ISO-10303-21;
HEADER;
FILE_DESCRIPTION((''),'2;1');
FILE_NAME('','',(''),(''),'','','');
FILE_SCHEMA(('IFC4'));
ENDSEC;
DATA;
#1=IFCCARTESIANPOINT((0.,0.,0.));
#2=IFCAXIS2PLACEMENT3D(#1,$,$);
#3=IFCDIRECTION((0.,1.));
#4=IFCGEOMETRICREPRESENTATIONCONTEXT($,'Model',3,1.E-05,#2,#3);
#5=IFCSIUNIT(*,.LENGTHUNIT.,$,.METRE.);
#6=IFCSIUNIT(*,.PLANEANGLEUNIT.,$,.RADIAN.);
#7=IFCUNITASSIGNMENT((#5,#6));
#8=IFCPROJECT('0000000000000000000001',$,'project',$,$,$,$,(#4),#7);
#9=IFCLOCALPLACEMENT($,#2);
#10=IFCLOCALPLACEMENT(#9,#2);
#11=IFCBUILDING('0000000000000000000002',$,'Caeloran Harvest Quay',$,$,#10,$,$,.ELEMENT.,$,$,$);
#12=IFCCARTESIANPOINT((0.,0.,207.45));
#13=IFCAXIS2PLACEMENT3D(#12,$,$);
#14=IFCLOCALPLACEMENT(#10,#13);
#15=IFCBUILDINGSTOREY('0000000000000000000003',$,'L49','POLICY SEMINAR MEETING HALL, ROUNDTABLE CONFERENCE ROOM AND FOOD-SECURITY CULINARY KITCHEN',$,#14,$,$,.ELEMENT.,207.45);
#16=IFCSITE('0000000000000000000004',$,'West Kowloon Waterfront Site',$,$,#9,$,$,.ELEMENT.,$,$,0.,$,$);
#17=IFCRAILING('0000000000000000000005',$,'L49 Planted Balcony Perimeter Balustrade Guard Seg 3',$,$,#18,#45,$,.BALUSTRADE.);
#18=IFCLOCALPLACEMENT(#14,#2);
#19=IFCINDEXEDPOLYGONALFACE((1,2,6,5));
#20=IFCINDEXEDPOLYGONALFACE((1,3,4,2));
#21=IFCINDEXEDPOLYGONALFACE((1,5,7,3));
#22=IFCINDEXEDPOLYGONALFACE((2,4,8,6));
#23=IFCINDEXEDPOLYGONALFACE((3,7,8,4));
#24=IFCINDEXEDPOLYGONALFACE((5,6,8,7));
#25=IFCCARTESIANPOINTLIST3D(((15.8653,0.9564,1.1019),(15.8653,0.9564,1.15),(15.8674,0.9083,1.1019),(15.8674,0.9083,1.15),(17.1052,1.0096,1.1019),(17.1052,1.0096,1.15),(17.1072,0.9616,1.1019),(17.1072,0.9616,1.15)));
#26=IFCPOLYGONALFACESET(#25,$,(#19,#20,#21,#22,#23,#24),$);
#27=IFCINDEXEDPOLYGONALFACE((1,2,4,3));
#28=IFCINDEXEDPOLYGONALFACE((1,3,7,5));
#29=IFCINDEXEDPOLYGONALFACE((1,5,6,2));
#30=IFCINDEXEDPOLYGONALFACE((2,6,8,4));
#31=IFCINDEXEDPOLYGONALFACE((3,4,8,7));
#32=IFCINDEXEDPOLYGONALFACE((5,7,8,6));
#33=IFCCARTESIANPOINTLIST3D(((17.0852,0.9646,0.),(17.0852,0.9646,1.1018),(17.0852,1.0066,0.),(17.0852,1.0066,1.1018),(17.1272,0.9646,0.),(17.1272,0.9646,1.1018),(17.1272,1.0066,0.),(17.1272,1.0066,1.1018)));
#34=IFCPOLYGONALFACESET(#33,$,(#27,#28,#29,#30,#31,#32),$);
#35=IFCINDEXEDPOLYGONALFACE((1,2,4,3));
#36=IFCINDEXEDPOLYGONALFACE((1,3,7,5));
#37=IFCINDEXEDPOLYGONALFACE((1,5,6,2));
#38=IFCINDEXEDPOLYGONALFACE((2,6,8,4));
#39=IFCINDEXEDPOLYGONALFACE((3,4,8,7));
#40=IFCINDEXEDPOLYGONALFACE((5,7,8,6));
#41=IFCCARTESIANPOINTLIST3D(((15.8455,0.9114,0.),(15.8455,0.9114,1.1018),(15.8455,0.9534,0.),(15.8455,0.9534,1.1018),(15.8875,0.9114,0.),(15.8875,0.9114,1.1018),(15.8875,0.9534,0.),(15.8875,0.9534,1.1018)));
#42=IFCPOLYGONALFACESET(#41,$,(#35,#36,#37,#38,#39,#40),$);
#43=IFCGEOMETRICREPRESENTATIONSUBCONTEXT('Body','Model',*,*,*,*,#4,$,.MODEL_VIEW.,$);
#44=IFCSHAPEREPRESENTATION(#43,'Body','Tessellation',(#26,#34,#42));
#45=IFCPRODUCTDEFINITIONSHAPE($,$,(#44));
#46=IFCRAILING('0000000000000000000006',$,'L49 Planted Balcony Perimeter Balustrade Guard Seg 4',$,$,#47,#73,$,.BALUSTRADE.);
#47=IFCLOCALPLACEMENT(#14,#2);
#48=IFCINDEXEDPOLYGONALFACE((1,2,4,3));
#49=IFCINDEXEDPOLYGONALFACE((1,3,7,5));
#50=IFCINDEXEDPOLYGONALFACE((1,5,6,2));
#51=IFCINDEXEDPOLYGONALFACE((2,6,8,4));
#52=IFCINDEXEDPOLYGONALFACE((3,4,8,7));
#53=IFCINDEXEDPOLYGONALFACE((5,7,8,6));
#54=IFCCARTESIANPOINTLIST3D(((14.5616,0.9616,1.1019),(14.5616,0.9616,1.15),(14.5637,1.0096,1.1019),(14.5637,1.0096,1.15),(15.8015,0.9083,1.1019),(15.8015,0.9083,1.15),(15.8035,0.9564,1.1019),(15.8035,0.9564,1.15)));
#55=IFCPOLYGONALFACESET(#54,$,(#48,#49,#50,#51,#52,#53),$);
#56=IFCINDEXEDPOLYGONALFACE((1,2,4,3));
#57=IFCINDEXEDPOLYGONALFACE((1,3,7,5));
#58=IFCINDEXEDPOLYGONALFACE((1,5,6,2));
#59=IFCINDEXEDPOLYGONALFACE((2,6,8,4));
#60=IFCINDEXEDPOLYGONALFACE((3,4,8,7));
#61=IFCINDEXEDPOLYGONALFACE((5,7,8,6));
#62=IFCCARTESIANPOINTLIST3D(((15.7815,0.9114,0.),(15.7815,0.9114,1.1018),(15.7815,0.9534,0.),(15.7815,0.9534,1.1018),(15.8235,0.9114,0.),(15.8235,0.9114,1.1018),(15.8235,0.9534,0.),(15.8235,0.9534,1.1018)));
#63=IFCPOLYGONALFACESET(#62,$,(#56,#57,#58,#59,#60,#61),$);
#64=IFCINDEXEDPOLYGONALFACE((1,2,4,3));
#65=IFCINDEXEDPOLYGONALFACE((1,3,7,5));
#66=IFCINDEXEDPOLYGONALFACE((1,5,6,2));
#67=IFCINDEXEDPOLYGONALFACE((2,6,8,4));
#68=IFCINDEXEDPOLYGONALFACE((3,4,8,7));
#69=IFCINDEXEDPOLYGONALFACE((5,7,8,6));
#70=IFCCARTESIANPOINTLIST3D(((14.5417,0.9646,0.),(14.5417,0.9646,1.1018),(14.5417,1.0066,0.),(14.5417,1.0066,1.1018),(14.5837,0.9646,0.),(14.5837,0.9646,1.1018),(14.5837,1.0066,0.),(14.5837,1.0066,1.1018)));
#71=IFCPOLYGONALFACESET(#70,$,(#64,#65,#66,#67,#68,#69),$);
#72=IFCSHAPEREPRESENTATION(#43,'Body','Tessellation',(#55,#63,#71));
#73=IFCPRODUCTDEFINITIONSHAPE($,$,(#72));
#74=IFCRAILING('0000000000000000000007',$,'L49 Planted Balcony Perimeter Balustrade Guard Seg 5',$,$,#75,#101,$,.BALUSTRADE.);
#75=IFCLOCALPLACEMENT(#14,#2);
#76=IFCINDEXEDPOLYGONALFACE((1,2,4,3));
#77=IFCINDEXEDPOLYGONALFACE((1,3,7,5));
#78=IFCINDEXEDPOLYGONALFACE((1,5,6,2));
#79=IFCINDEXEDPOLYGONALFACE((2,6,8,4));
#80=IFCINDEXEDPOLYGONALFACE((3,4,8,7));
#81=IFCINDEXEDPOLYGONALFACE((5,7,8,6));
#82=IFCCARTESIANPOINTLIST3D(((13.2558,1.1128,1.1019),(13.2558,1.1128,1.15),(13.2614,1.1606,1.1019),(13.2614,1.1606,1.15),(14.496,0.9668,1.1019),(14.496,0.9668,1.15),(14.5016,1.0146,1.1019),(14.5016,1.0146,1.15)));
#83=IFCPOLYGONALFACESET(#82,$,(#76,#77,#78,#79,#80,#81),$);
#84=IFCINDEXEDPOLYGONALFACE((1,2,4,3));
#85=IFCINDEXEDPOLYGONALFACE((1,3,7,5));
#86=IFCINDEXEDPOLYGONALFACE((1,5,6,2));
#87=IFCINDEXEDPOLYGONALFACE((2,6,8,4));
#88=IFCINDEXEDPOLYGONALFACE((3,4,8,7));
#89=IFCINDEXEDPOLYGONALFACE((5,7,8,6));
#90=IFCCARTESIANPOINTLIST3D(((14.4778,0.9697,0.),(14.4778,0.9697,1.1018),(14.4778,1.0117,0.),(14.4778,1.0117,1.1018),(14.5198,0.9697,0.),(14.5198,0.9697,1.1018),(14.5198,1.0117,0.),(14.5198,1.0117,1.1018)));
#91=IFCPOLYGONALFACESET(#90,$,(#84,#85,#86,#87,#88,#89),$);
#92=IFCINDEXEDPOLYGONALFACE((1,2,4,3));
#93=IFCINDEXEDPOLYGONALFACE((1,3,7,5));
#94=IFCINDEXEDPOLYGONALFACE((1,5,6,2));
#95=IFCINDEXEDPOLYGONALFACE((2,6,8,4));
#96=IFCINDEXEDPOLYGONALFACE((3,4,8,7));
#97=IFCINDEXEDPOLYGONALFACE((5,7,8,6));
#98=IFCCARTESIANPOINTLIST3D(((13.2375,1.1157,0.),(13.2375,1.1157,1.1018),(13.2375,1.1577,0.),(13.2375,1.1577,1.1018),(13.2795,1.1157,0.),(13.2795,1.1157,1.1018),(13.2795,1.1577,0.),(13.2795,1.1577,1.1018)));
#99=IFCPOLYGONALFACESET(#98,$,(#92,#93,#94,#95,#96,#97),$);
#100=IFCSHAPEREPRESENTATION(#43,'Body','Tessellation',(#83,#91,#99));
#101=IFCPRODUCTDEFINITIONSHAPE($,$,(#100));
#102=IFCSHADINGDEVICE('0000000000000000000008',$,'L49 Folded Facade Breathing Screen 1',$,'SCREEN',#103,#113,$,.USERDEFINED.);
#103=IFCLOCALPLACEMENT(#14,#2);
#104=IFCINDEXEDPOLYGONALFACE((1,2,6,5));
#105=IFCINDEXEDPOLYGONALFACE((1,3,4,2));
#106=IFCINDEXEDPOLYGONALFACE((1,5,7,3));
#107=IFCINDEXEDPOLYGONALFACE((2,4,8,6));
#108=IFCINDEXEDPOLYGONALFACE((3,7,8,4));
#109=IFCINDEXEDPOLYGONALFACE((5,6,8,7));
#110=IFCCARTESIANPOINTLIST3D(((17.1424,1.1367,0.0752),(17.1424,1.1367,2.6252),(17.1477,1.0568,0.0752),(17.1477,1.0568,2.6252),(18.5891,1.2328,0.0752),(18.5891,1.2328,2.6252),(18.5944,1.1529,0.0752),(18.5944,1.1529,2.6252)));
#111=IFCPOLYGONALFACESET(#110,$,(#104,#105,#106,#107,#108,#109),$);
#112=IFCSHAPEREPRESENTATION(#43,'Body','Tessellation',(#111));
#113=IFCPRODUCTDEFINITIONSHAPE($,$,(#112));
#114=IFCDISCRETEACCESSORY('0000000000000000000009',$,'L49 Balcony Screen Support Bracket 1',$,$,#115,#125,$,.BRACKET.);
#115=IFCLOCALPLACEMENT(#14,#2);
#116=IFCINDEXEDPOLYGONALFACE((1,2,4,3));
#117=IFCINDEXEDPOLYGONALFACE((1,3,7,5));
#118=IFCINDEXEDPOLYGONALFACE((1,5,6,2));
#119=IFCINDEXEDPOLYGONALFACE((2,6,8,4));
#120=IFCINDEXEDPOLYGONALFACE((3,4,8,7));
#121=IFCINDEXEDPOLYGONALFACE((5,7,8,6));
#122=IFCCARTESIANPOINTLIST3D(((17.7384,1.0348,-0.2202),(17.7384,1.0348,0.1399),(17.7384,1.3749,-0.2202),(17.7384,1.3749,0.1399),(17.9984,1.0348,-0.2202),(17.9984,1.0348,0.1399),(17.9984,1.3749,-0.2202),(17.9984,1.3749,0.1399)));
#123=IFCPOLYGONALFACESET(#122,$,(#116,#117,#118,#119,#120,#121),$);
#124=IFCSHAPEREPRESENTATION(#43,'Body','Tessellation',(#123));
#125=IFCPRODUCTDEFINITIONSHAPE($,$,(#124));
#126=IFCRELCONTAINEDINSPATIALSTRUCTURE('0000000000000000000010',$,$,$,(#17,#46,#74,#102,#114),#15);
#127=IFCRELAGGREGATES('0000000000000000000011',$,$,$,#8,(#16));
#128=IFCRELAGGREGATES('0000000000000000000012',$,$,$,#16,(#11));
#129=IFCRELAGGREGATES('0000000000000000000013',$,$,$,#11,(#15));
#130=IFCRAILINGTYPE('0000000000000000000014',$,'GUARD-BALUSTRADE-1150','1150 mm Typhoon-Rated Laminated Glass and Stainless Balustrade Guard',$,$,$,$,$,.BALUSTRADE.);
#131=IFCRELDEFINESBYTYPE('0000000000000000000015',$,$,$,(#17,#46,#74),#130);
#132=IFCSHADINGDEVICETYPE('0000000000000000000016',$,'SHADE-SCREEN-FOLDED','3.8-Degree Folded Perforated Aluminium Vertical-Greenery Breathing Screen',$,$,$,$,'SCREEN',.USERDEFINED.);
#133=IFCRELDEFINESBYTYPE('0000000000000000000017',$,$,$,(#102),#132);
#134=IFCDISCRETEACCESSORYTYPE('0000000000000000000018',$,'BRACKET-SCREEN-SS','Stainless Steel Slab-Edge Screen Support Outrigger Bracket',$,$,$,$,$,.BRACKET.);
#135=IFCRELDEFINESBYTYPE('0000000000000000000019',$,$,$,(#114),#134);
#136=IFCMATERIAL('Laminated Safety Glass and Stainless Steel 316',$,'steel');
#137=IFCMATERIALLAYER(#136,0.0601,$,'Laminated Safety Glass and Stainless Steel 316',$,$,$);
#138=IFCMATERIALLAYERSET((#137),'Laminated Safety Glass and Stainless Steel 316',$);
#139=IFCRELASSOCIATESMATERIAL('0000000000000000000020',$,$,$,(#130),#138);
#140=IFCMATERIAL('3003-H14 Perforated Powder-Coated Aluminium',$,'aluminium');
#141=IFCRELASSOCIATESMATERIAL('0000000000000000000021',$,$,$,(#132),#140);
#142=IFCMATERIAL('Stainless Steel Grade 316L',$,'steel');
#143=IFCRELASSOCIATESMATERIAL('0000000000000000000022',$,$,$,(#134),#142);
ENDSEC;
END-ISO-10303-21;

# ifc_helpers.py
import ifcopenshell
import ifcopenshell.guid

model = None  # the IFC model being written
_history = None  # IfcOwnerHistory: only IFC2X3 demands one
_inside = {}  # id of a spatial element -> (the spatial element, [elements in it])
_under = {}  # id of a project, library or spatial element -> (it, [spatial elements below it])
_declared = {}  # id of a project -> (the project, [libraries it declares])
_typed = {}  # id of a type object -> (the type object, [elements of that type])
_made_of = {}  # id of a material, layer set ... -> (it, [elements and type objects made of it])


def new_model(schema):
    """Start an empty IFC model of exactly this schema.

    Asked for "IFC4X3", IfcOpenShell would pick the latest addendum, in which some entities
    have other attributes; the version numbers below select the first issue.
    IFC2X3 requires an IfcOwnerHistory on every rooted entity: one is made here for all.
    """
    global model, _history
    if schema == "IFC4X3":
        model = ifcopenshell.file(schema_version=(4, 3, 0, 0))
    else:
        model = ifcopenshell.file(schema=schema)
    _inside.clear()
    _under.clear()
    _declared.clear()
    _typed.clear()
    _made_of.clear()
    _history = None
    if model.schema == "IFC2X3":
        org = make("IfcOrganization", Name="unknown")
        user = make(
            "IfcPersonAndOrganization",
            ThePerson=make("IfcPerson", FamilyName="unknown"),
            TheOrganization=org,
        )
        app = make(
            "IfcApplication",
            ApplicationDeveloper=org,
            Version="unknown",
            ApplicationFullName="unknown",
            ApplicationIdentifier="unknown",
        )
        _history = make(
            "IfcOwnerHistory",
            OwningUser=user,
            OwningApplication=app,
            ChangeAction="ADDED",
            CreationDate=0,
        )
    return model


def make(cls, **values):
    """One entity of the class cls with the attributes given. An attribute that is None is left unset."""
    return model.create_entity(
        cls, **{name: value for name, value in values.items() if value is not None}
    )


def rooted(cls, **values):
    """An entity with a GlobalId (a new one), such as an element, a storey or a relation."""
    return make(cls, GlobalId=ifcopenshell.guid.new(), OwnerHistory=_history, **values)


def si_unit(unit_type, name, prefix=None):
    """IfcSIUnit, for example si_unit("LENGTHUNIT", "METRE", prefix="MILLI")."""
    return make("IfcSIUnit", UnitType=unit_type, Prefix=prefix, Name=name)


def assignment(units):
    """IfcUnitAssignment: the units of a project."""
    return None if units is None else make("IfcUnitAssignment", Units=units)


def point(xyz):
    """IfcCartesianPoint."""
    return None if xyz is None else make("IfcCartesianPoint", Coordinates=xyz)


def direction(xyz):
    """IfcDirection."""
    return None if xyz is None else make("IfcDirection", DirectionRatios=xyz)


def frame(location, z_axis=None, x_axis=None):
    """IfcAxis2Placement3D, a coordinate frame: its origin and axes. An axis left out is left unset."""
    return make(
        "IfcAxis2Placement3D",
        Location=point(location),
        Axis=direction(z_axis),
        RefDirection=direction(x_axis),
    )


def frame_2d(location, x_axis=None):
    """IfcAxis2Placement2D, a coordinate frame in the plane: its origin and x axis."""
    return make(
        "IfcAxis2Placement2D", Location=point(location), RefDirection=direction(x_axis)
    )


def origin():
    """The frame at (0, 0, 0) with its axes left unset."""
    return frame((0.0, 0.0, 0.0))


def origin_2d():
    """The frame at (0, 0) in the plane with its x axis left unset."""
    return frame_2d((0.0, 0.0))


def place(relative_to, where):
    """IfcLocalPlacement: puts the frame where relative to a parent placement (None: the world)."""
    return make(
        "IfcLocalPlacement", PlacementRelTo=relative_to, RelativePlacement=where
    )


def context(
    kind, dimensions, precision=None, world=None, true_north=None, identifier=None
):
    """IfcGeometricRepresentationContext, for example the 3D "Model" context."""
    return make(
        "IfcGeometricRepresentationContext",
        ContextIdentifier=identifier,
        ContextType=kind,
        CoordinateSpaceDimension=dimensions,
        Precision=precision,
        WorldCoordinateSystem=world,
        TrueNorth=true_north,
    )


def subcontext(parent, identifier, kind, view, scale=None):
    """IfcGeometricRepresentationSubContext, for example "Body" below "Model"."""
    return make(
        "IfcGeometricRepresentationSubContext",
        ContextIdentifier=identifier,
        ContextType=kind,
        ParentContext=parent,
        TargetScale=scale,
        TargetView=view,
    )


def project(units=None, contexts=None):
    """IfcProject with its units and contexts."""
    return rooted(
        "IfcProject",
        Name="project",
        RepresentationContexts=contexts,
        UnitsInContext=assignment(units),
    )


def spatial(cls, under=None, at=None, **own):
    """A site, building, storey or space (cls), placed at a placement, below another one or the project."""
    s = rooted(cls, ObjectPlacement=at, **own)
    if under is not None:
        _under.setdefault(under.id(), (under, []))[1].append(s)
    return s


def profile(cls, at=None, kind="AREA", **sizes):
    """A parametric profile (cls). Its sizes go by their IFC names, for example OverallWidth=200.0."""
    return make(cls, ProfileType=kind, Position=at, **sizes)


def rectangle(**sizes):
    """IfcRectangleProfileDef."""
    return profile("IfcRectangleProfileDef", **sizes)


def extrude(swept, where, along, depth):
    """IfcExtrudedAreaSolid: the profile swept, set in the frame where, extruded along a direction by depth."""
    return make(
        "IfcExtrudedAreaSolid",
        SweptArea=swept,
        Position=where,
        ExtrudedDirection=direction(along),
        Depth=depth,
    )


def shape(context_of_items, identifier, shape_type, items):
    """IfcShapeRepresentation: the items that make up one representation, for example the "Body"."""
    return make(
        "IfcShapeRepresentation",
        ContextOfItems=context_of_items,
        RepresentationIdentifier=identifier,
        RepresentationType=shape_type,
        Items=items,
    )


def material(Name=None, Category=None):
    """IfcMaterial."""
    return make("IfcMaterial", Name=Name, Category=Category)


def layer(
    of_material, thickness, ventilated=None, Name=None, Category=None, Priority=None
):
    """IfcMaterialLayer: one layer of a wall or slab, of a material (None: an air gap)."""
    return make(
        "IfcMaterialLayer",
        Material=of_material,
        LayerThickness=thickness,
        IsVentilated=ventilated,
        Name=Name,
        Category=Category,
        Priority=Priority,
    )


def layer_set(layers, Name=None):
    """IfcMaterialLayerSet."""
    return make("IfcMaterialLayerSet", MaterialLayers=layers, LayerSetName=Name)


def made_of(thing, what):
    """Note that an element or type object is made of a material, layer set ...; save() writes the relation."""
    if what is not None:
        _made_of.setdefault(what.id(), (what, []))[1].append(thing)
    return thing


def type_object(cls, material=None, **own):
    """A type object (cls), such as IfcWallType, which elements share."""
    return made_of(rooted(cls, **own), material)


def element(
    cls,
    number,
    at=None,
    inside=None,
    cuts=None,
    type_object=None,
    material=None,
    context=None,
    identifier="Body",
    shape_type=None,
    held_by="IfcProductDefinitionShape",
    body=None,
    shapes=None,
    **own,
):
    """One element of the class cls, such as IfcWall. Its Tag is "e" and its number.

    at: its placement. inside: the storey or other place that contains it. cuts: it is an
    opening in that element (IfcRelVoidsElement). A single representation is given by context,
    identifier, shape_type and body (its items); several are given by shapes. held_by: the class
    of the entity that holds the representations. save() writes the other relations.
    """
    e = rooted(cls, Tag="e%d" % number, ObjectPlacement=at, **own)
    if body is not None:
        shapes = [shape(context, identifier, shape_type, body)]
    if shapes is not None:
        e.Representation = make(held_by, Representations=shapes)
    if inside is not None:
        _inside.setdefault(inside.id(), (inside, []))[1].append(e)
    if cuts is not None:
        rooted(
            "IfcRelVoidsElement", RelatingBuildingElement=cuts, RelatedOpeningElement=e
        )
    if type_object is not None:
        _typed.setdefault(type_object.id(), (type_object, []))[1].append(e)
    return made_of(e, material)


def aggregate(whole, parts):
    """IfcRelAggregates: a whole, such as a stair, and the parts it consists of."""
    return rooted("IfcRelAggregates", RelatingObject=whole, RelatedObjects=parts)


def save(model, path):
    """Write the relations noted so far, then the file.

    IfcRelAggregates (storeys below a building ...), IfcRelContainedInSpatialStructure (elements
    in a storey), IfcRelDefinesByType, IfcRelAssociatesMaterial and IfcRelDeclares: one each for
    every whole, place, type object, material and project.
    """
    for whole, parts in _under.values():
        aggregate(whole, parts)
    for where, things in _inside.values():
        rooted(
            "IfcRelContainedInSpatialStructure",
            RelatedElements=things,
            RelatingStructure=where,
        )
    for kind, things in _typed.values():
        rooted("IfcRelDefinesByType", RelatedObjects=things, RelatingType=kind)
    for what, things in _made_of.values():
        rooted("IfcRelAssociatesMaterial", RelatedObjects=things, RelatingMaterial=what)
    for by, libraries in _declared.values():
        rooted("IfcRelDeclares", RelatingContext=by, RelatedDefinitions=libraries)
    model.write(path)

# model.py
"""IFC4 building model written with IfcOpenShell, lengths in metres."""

from ifc_helpers import new_model, si_unit, direction, frame, origin, origin_2d, place, context, subcontext, project, spatial, rectangle, extrude, material, layer, layer_set, type_object, element, save


model = new_model("IFC4")

# Units and contexts
model_context = context("Model", 3, precision=1e-05, world=origin(), true_north=direction((0.0, 1.0)))
body_context = subcontext(model_context, "Body", "Model", "MODEL_VIEW")
ifc_project = project(units=[si_unit("LENGTHUNIT", "METRE"), si_unit("PLANEANGLEUNIT", "RADIAN")], contexts=[model_context])

# Site, building, storey
site_placement = place(None, origin())
site = spatial("IfcSite", under=ifc_project, at=site_placement, Name="West Kowloon Waterfront Site", CompositionType="ELEMENT", RefElevation=0.0)
building_placement = place(site_placement, origin())
building = spatial("IfcBuilding", under=site, at=building_placement, Name="Caeloran Harvest Quay", CompositionType="ELEMENT")
storey_placement = place(building_placement, frame((0.0, 0.0, 207.45)))
storey = spatial("IfcBuildingStorey", under=building, at=storey_placement, Name="L49", Description="POLICY SEMINAR MEETING HALL, ROUNDTABLE CONFERENCE ROOM AND FOOD-SECURITY CULINARY KITCHEN", CompositionType="ELEMENT", Elevation=207.45)

# Railings
ifc_material_1 = material(Name="Laminated Safety Glass and Stainless Steel 316", Category="steel")
ifc_layer_1 = layer(ifc_material_1, 0.0601, Name="Laminated Safety Glass and Stainless Steel 316")
ifc_layer_set_1 = layer_set([ifc_layer_1], Name="Laminated Safety Glass and Stainless Steel 316")
railing_type = type_object("IfcRailingType", Name="GUARD-BALUSTRADE-1150", Description="1150 mm Typhoon-Rated Laminated Glass and Stainless Balustrade Guard", PredefinedType="BALUSTRADE", material=ifc_layer_set_1)
railing_1_placement = place(storey_placement, frame((17.1062, 0.9856, 0.0)))
element("IfcRailing", 1, at=railing_1_placement, inside=storey, type_object=railing_type, Name="L49 Planted Balcony Perimeter Balustrade Guard Seg 3", PredefinedType="BALUSTRADE", context=body_context, shape_type="SweptSolid", body=[
    extrude(rectangle(XDim=0.0481, YDim=0.0481, at=origin_2d()), frame((0.0, 0.0, 1.126), z_axis=(-0.99908, -0.042891, 0.0), x_axis=(0.042891, -0.99908, 0.0)), (0.0, 0.0, 1.0), 1.241),
    extrude(rectangle(XDim=0.042, YDim=0.042, at=origin_2d()), origin(), (0.0, 0.0, 1.0), 1.1018),
    extrude(rectangle(XDim=0.042, YDim=0.042, at=origin_2d()), frame((-1.2397, -0.0532, 0.0)), (0.0, 0.0, 1.0), 1.1018),
])
railing_2_placement = place(storey_placement, frame((15.8025, 0.9324, 0.0)))
element("IfcRailing", 2, at=railing_2_placement, inside=storey, type_object=railing_type, Name="L49 Planted Balcony Perimeter Balustrade Guard Seg 4", PredefinedType="BALUSTRADE", context=body_context, shape_type="SweptSolid", body=[
    extrude(rectangle(XDim=0.0481, YDim=0.0481, at=origin_2d()), frame((0.0, 0.0, 1.126), z_axis=(-0.99908, 0.042891, 0.0), x_axis=(-0.042891, -0.99908, 0.0)), (0.0, 0.0, 1.0), 1.241),
    extrude(rectangle(XDim=0.042, YDim=0.042, at=origin_2d()), origin(), (0.0, 0.0, 1.0), 1.1018),
    extrude(rectangle(XDim=0.042, YDim=0.042, at=origin_2d()), frame((-1.2397, 0.0532, 0.0)), (0.0, 0.0, 1.0), 1.1018),
])
railing_3_placement = place(storey_placement, frame((14.4988, 0.9907, 0.0)))
element("IfcRailing", 3, at=railing_3_placement, inside=storey, type_object=railing_type, Name="L49 Planted Balcony Perimeter Balustrade Guard Seg 5", PredefinedType="BALUSTRADE", context=body_context, shape_type="SweptSolid", body=[
    extrude(rectangle(XDim=0.0481, YDim=0.0481, at=origin_2d()), frame((0.0, 0.0, 1.126), z_axis=(-0.993143, 0.116909, 0.0), x_axis=(-0.116909, -0.993143, 0.0)), (0.0, 0.0, 1.0), 1.2488),
    extrude(rectangle(XDim=0.042, YDim=0.042, at=origin_2d()), origin(), (0.0, 0.0, 1.0), 1.1018),
    extrude(rectangle(XDim=0.042, YDim=0.042, at=origin_2d()), frame((-1.2402, 0.146, 0.0)), (0.0, 0.0, 1.0), 1.1018),
])

# Shading device
ifc_material_2 = material(Name="3003-H14 Perforated Powder-Coated Aluminium", Category="aluminium")
shading_device_type = type_object("IfcShadingDeviceType", Name="SHADE-SCREEN-FOLDED", Description="3.8-Degree Folded Perforated Aluminium Vertical-Greenery Breathing Screen", ElementType="SCREEN", PredefinedType="USERDEFINED", material=ifc_material_2)
shading_device_placement = place(storey_placement, frame((17.8684, 1.1448, 0.0752), z_axis=(0.0, 0.0, 1.0), x_axis=(0.997801, 0.066274, 0.0)))
element("IfcShadingDevice", 4, at=shading_device_placement, inside=storey, type_object=shading_device_type, Name="L49 Folded Facade Breathing Screen 1", ObjectType="SCREEN", PredefinedType="USERDEFINED", context=body_context, shape_type="SweptSolid", body=[
    extrude(rectangle(XDim=1.45, YDim=0.0801, at=origin_2d()), origin(), (0.0, 0.0, 1.0), 2.55),
])

# Discrete accessory
ifc_material_3 = material(Name="Stainless Steel Grade 316L", Category="steel")
discrete_accessory_type = type_object("IfcDiscreteAccessoryType", Name="BRACKET-SCREEN-SS", Description="Stainless Steel Slab-Edge Screen Support Outrigger Bracket", PredefinedType="BRACKET", material=ifc_material_3)
discrete_accessory_placement = place(storey_placement, frame((17.8684, 1.2048, -0.2202), z_axis=(0.0, 0.0, 1.0), x_axis=(1.0, 0.0, 0.0)))
element("IfcDiscreteAccessory", 5, at=discrete_accessory_placement, inside=storey, type_object=discrete_accessory_type, Name="L49 Balcony Screen Support Bracket 1", PredefinedType="BRACKET", context=body_context, shape_type="SweptSolid", body=[
    extrude(rectangle(XDim=0.26, YDim=0.3401, at=origin_2d()), origin(), (0.0, 0.0, 1.0), 0.3601),
])

save(model, "model.ifc")
